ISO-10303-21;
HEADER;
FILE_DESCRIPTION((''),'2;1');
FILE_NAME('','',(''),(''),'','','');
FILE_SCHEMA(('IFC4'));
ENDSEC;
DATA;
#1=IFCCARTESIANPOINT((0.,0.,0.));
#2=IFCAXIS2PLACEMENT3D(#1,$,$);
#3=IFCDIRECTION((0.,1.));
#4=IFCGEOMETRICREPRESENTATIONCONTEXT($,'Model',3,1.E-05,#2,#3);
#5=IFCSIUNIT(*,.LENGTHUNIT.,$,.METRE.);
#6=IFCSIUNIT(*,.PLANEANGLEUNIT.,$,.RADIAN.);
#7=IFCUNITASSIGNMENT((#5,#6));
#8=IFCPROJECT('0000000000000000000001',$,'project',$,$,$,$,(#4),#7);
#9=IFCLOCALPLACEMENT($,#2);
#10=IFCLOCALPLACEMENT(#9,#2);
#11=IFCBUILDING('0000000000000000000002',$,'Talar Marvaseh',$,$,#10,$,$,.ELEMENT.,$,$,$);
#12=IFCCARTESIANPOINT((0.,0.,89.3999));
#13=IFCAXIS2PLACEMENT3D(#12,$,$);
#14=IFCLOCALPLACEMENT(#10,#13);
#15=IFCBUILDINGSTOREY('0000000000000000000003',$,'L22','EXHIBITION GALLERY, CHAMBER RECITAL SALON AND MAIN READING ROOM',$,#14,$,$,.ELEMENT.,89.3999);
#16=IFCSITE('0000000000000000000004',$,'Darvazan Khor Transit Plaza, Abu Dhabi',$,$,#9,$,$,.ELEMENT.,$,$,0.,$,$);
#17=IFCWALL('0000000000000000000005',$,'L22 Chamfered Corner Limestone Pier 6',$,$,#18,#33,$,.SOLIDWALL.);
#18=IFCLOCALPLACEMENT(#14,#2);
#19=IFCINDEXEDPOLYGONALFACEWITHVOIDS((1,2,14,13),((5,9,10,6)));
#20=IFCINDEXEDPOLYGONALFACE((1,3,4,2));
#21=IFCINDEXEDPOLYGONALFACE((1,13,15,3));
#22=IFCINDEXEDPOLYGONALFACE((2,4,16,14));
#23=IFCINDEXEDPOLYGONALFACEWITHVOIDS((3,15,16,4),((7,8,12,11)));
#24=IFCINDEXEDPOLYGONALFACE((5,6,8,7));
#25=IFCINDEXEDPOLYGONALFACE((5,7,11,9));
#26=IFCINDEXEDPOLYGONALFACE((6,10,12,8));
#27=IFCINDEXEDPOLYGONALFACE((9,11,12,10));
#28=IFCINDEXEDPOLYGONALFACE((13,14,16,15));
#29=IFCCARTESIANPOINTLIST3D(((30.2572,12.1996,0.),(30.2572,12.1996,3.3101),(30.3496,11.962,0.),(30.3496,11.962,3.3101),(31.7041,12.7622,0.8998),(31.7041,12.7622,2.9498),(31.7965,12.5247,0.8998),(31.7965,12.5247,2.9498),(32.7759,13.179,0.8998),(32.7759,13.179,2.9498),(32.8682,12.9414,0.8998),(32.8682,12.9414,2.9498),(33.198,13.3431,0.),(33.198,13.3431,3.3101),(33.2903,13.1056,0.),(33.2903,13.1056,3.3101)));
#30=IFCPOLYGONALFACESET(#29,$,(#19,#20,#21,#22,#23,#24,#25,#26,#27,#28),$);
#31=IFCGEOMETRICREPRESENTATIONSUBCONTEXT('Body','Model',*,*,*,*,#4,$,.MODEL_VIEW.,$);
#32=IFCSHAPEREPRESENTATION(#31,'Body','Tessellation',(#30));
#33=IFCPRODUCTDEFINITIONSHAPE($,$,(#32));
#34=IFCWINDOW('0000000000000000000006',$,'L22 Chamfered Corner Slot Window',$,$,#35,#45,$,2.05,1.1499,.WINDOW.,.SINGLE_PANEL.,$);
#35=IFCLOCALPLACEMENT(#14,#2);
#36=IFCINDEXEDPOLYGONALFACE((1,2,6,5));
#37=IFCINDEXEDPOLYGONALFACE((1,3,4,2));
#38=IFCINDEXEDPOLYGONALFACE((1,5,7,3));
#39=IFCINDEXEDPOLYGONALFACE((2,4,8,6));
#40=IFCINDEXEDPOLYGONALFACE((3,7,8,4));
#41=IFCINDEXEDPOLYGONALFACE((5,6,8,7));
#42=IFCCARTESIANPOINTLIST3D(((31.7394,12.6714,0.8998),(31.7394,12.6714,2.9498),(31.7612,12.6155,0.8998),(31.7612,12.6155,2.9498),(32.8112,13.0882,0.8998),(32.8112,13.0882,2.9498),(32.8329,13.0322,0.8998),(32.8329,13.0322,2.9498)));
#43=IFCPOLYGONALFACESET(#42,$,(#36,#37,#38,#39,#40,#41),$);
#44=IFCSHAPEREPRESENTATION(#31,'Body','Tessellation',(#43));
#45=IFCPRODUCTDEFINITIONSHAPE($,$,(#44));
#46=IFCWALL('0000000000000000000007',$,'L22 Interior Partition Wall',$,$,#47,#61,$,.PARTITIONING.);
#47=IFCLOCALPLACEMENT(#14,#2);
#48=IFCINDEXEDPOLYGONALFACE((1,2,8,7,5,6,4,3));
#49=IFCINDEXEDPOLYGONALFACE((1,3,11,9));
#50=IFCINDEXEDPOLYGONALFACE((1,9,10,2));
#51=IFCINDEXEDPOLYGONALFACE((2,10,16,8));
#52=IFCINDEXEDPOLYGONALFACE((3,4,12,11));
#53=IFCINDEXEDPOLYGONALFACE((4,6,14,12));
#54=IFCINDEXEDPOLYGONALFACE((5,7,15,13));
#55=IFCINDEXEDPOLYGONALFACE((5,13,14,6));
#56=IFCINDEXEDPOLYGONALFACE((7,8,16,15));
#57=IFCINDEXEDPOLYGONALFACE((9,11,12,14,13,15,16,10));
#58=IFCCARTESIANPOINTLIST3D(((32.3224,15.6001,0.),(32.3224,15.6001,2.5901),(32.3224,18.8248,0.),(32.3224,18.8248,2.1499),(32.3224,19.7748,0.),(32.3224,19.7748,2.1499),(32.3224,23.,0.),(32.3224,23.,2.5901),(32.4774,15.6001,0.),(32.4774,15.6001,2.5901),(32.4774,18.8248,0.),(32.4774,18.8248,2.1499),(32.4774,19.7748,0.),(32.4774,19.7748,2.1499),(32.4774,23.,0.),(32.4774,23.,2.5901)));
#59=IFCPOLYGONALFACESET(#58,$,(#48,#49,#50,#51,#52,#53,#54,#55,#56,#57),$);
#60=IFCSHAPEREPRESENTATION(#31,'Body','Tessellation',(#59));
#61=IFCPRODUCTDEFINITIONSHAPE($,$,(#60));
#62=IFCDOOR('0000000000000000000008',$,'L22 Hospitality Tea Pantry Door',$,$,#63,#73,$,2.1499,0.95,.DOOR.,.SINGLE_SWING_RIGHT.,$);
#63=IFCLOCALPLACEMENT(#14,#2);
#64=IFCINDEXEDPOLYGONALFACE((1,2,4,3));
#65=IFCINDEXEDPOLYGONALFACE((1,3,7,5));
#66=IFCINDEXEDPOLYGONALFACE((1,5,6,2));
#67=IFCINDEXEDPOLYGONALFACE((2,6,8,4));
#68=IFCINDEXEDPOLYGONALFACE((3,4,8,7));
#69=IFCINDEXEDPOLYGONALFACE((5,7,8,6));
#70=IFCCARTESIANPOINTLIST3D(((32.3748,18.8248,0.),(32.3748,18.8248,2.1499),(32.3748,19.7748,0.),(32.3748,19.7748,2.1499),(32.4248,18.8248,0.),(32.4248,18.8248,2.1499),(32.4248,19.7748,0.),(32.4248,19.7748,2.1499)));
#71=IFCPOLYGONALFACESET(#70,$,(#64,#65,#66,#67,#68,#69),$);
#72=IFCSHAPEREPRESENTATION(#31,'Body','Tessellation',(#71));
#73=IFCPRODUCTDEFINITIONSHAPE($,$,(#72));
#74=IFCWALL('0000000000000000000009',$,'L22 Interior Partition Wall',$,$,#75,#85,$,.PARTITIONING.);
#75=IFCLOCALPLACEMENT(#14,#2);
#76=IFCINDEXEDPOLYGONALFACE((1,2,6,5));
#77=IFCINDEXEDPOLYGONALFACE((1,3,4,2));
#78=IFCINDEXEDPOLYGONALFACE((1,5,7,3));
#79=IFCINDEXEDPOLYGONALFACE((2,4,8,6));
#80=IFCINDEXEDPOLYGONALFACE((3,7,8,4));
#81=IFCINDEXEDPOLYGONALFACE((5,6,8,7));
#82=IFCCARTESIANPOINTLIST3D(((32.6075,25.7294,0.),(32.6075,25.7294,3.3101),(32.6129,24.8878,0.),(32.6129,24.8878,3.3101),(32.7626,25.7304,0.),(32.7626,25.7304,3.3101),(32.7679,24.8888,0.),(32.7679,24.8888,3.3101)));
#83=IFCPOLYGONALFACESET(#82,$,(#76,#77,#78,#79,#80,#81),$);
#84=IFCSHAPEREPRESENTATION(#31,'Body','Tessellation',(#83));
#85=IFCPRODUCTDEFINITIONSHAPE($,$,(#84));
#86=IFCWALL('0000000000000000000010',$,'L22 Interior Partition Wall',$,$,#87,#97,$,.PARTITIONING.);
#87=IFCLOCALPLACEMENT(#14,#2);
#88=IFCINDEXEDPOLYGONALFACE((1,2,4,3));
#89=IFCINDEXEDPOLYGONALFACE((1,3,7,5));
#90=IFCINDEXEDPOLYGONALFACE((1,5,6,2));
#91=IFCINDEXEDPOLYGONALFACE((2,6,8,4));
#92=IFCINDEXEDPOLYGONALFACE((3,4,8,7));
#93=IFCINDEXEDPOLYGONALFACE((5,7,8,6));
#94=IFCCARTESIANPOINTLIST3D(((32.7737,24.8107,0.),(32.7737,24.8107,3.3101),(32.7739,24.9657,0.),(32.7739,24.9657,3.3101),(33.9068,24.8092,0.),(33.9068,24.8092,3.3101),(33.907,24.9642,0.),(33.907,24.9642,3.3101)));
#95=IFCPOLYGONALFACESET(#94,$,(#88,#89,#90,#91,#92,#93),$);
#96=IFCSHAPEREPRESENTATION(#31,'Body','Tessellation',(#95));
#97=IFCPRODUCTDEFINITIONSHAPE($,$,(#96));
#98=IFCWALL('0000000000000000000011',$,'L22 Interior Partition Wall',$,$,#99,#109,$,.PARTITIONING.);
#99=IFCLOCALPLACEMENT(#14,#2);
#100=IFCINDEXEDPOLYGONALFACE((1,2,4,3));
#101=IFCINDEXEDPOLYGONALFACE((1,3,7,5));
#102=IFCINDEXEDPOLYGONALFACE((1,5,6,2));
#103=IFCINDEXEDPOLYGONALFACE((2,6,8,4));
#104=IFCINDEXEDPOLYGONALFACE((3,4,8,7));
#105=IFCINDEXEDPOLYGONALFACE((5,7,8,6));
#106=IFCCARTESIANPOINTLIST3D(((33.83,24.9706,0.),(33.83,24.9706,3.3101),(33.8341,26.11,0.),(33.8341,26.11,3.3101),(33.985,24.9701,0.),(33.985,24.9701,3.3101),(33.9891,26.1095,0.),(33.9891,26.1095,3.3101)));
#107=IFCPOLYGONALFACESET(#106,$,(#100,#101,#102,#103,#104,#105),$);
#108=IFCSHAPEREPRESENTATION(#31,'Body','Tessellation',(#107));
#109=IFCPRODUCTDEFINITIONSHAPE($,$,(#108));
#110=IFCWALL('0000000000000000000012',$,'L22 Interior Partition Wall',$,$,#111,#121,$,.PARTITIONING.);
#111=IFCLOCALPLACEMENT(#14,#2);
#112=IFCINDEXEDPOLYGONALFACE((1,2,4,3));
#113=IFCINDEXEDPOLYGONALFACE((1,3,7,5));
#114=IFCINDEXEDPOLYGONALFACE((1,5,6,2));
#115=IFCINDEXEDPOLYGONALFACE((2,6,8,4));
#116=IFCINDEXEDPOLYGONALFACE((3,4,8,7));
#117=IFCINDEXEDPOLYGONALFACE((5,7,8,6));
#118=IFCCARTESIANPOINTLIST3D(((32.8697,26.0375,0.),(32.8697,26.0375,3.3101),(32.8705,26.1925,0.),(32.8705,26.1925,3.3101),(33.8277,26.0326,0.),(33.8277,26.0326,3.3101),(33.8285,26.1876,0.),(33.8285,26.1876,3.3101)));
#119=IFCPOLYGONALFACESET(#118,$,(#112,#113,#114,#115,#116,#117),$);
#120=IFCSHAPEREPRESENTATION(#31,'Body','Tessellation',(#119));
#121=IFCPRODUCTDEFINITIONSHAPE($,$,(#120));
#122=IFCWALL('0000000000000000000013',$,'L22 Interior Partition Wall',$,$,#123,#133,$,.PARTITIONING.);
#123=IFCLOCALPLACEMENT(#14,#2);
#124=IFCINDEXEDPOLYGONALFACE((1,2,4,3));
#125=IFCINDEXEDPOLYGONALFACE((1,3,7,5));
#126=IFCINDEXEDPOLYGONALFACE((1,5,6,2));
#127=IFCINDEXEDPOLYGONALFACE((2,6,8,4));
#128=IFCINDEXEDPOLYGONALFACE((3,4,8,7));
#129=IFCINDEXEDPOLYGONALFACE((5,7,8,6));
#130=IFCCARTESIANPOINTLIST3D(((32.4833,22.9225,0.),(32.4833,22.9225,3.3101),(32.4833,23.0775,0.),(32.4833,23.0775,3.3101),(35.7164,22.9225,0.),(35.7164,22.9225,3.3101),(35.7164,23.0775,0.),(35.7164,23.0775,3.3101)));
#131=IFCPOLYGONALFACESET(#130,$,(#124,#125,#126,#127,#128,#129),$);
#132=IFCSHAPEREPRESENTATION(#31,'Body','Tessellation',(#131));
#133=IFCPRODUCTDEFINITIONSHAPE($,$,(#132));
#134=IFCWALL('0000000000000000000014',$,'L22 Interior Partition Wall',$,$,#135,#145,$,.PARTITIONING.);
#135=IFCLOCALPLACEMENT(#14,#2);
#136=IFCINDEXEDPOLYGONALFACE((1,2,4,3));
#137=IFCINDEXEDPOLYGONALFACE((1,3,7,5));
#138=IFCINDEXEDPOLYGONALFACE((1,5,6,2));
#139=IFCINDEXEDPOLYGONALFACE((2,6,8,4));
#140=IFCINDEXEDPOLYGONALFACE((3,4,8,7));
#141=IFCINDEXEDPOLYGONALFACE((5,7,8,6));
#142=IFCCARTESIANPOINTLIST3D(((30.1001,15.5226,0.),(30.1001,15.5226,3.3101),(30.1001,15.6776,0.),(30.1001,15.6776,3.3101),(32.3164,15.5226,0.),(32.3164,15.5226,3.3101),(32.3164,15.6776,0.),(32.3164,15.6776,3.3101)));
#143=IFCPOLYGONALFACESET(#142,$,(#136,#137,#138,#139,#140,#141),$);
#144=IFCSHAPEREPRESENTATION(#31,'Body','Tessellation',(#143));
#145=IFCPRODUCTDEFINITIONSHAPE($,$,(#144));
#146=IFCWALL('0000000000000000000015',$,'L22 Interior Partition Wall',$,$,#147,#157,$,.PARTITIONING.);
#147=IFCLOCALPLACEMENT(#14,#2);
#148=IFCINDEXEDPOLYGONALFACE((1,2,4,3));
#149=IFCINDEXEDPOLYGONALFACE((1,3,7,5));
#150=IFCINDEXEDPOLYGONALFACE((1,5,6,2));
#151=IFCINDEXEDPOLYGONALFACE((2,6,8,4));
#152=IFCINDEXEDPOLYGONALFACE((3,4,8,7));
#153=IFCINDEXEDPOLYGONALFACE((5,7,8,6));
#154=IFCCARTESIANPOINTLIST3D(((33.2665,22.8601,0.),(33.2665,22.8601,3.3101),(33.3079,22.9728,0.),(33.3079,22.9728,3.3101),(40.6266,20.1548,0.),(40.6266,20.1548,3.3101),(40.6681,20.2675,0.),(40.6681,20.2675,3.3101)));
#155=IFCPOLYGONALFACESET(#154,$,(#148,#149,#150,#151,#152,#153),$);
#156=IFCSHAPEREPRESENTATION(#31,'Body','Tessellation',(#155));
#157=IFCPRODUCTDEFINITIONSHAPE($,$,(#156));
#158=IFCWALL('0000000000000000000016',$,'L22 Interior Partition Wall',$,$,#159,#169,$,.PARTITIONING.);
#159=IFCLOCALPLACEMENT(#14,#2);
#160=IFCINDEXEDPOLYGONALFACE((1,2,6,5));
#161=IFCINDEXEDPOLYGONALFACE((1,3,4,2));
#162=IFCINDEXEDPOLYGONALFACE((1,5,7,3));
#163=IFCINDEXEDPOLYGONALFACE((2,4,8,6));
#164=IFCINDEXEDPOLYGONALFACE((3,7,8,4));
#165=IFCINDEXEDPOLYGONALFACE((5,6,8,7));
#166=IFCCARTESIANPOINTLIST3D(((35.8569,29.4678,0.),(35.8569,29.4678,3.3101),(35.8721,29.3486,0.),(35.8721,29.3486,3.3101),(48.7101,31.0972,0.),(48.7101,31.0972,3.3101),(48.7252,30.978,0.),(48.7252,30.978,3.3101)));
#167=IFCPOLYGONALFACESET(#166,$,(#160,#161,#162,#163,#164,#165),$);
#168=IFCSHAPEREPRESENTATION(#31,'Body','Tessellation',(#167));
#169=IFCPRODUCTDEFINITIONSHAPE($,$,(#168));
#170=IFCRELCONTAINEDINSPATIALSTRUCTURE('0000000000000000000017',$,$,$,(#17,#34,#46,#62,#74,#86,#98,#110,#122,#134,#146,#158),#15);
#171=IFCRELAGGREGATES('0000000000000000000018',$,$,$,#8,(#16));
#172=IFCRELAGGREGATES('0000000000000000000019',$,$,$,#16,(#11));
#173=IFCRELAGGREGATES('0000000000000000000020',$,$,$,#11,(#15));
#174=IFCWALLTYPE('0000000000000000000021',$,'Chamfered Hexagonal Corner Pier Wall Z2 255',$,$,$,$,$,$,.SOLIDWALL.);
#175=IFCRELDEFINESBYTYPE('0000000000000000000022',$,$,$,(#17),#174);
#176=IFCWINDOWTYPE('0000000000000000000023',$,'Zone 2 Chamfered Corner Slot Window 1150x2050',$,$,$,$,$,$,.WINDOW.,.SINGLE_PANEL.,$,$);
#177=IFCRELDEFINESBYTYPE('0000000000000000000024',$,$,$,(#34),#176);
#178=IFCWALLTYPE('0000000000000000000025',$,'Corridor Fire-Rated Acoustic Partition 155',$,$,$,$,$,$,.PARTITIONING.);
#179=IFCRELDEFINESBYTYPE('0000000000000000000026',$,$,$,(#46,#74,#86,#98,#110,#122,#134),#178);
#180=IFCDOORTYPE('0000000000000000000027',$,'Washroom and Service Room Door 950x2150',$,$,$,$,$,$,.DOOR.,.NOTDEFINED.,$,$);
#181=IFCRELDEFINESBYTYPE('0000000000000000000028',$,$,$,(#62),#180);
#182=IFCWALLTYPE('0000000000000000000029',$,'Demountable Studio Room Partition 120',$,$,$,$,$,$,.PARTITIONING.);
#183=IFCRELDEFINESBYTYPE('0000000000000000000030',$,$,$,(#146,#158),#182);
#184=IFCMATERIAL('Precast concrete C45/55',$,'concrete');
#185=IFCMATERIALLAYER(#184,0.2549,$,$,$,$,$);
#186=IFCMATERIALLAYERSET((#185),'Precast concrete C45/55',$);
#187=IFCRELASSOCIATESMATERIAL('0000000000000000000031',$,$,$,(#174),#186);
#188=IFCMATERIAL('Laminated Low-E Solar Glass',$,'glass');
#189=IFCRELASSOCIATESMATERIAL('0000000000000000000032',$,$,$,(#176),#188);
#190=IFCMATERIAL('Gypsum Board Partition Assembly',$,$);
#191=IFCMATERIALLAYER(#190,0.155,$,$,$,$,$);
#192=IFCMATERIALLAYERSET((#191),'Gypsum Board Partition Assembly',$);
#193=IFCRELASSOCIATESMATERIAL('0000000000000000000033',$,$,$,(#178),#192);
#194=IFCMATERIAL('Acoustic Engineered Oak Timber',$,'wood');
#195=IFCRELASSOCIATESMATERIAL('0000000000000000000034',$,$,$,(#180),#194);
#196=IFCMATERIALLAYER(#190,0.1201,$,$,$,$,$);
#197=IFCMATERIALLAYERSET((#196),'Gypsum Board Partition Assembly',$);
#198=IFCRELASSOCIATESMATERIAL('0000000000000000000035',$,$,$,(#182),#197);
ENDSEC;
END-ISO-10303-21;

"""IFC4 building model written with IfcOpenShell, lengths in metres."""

from ifc_helpers import new_model, si_unit, direction, frame, frame_2d, origin, place, context, subcontext, project, spatial, rectangle, extrude, source, transform, mapped, material, layer, layer_set, type_object, type_shapes, element, fill, save


model = new_model("IFC4")

# Units and contexts
model_context = context("Model", 3, precision=1e-05, world=origin(), true_north=direction((0.0, 1.0)))
body_context = subcontext(model_context, "Body", "Model", "MODEL_VIEW")
ifc_project = project(units=[si_unit("LENGTHUNIT", "METRE"), si_unit("PLANEANGLEUNIT", "RADIAN")], contexts=[model_context])

# Site, building, storey
site_placement = place(None, origin())
site = spatial("IfcSite", under=ifc_project, at=site_placement, Name="Darvazan Khor Transit Plaza, Abu Dhabi", CompositionType="ELEMENT", RefElevation=0.0)
building_placement = place(site_placement, origin())
building = spatial("IfcBuilding", under=site, at=building_placement, Name="Talar Marvaseh", CompositionType="ELEMENT")
storey_placement = place(building_placement, frame((0.0, 0.0, 89.3999)))
storey = spatial("IfcBuildingStorey", under=building, at=storey_placement, Name="L22", Description="EXHIBITION GALLERY, CHAMBER RECITAL SALON AND MAIN READING ROOM", CompositionType="ELEMENT", Elevation=89.3999)

# Shared definitions
ifc_material_1 = material(Name="Laminated Low-E Solar Glass", Category="glass")

# Wall, opening, window
ifc_material_2 = material(Name="Precast concrete C45/55", Category="concrete")
ifc_layer_1 = layer(ifc_material_2, 0.2549)
ifc_layer_set_1 = layer_set([ifc_layer_1], Name="Precast concrete C45/55")
wall_type_1 = type_object("IfcWallType", Name="Chamfered Hexagonal Corner Pier Wall Z2 255", PredefinedType="SOLIDWALL", material=ifc_layer_set_1)
wall_1_placement = place(storey_placement, frame((33.2441, 13.2244, 0.0), z_axis=(0.0, 0.0, 1.0), x_axis=(-0.932009, -0.362435, 0.0)))
wall_1 = element("IfcWall", 1, at=wall_1_placement, inside=storey, type_object=wall_type_1, Name="L22 Chamfered Corner Limestone Pier 6", PredefinedType="SOLIDWALL", context=body_context, shape_type="SweptSolid", body=[
    extrude(rectangle(XDim=3.1553, YDim=0.2549, at=frame_2d((1.5776, 0.0))), origin(), (0.0, 0.0, 1.0), 3.3101),
])
opening_1_placement = place(wall_1_placement, frame((0.4529, 0.0, 0.8999)))
opening_1 = element("IfcOpeningElement", 2, at=opening_1_placement, cuts=wall_1, PredefinedType="OPENING", context=body_context, shape_type="SweptSolid", body=[
    extrude(rectangle(XDim=1.1499, YDim=2.05, at=frame_2d((0.575, 1.0249))), frame((0.0, 0.1375, 0.0), z_axis=(0.0, -1.0, 0.0), x_axis=(1.0, 0.0, 0.0)), (0.0, 0.0, 1.0), 0.2749),
])
window_type = type_object("IfcWindowType", Name="Zone 2 Chamfered Corner Slot Window 1150x2050", PartitioningType="SINGLE_PANEL", PredefinedType="WINDOW", material=ifc_material_1)
shared_shape_1 = source(origin(), body_context, "Body", "SweptSolid", [
    extrude(rectangle(XDim=1.1499, YDim=2.05, at=frame_2d((0.575, 1.0249))), frame((0.0, 0.03, 0.0), z_axis=(0.0, -1.0, 0.0), x_axis=(1.0, 0.0, 0.0)), (0.0, 0.0, 1.0), 0.0601),
])
type_shapes(window_type, [shared_shape_1])
window_placement = place(opening_1_placement, origin())
window = element("IfcWindow", 3, at=window_placement, inside=storey, type_object=window_type, Name="L22 Chamfered Corner Slot Window", OverallHeight=2.05, OverallWidth=1.1499, PartitioningType="SINGLE_PANEL", PredefinedType="WINDOW", context=body_context, shape_type="MappedRepresentation", body=[
    mapped(shared_shape_1, transform((0.0, 0.0, 0.0), x_axis=(1.0, 0.0, 0.0), y_axis=(0.0, 1.0, 0.0), z_axis=(0.0, 0.0, 1.0), scale=1.0)),
])
fill(opening_1, window)

# Wall, opening, door
ifc_material_3 = material(Name="Gypsum Board Partition Assembly")
ifc_layer_2 = layer(ifc_material_3, 0.155)
ifc_layer_set_2 = layer_set([ifc_layer_2], Name="Gypsum Board Partition Assembly")
wall_type_2 = type_object("IfcWallType", Name="Corridor Fire-Rated Acoustic Partition 155", PredefinedType="PARTITIONING", material=ifc_layer_set_2)
wall_2_placement = place(storey_placement, frame((32.3999, 23.0, 0.0), z_axis=(0.0, 0.0, 1.0), x_axis=(0.0, -1.0, 0.0)))
wall_2 = element("IfcWall", 4, at=wall_2_placement, inside=storey, type_object=wall_type_2, Name="L22 Interior Partition Wall", PredefinedType="PARTITIONING", context=body_context, shape_type="SweptSolid", body=[
    extrude(rectangle(XDim=7.3999, YDim=0.155, at=frame_2d((3.7, 0.0))), origin(), (0.0, 0.0, 1.0), 2.5901),
])
opening_2_placement = place(wall_2_placement, frame((3.2251, 0.0, 0.0)))
opening_2 = element("IfcOpeningElement", 5, at=opening_2_placement, cuts=wall_2, PredefinedType="OPENING", context=body_context, shape_type="SweptSolid", body=[
    extrude(rectangle(XDim=0.95, YDim=2.1499, at=frame_2d((0.4751, 1.075))), frame((0.0, 0.0874, 0.0), z_axis=(0.0, -1.0, 0.0), x_axis=(1.0, 0.0, 0.0)), (0.0, 0.0, 1.0), 0.175),
])
ifc_material_4 = material(Name="Acoustic Engineered Oak Timber", Category="wood")
door_type_1 = type_object("IfcDoorType", Name="Washroom and Service Room Door 950x2150", OperationType="NOTDEFINED", PredefinedType="DOOR", material=ifc_material_4)
shared_shape_2 = source(origin(), body_context, "Body", "SweptSolid", [
    extrude(rectangle(XDim=0.95, YDim=2.1499, at=frame_2d((0.4751, 1.075))), frame((0.0, 0.0249, 0.0), z_axis=(0.0, -1.0, 0.0), x_axis=(1.0, 0.0, 0.0)), (0.0, 0.0, 1.0), 0.05),
])
type_shapes(door_type_1, [shared_shape_2])
door_1_placement = place(opening_2_placement, origin())
door_1 = element("IfcDoor", 6, at=door_1_placement, inside=storey, type_object=door_type_1, Name="L22 Hospitality Tea Pantry Door", OperationType="SINGLE_SWING_RIGHT", OverallHeight=2.1499, OverallWidth=0.95, PredefinedType="DOOR", context=body_context, shape_type="MappedRepresentation", body=[
    mapped(shared_shape_2, transform((0.0, 0.0, 0.0), x_axis=(1.0, 0.0, 0.0), y_axis=(0.0, 1.0, 0.0), z_axis=(0.0, 0.0, 1.0), scale=1.0)),
])
fill(opening_2, door_1)

# Walls
wall_3_placement = place(storey_placement, frame((32.6851, 25.73, 0.0), z_axis=(0.0, 0.0, 1.0), x_axis=(0.006382, -0.99998, 0.0)))
element("IfcWall", 7, at=wall_3_placement, inside=storey, type_object=wall_type_2, Name="L22 Interior Partition Wall", PredefinedType="PARTITIONING", context=body_context, shape_type="SweptSolid", body=[
    extrude(rectangle(XDim=0.8416, YDim=0.155, at=frame_2d((0.4209, 0.0))), origin(), (0.0, 0.0, 1.0), 3.3101),
])
wall_4_placement = place(storey_placement, frame((32.7739, 24.8882, 0.0), z_axis=(0.0, 0.0, 1.0), x_axis=(0.999999, -0.001293, 0.0)))
element("IfcWall", 8, at=wall_4_placement, inside=storey, type_object=wall_type_2, Name="L22 Interior Partition Wall", PredefinedType="PARTITIONING", context=body_context, shape_type="SweptSolid", body=[
    extrude(rectangle(XDim=1.1331, YDim=0.155, at=frame_2d((0.5664, 0.0))), origin(), (0.0, 0.0, 1.0), 3.3101),
])
wall_5_placement = place(storey_placement, frame((33.9075, 24.9702, 0.0), z_axis=(0.0, 0.0, 1.0), x_axis=(0.003643, 0.999993, 0.0)))
element("IfcWall", 9, at=wall_5_placement, inside=storey, type_object=wall_type_2, Name="L22 Interior Partition Wall", PredefinedType="PARTITIONING", context=body_context, shape_type="SweptSolid", body=[
    extrude(rectangle(XDim=1.1394, YDim=0.155, at=frame_2d((0.5698, 0.0))), origin(), (0.0, 0.0, 1.0), 3.3101),
])
wall_6_placement = place(storey_placement, frame((33.8281, 26.1101, 0.0), z_axis=(0.0, 0.0, 1.0), x_axis=(-0.999987, 0.005097, 0.0)))
element("IfcWall", 10, at=wall_6_placement, inside=storey, type_object=wall_type_2, Name="L22 Interior Partition Wall", PredefinedType="PARTITIONING", context=body_context, shape_type="SweptSolid", body=[
    extrude(rectangle(XDim=0.958, YDim=0.155, at=frame_2d((0.479, 0.0))), origin(), (0.0, 0.0, 1.0), 3.3101),
])
wall_7_placement = place(storey_placement, frame((35.7166, 23.0, 0.0), z_axis=(0.0, 0.0, 1.0), x_axis=(-1.0, 0.0, 0.0)))
element("IfcWall", 11, at=wall_7_placement, inside=storey, type_object=wall_type_2, Name="L22 Interior Partition Wall", PredefinedType="PARTITIONING", context=body_context, shape_type="SweptSolid", body=[
    extrude(rectangle(XDim=3.2332, YDim=0.155, at=frame_2d((1.6167, 0.0))), origin(), (0.0, 0.0, 1.0), 3.3101),
])
wall_8_placement = place(storey_placement, frame((32.3164, 15.6001, 0.0), z_axis=(0.0, 0.0, 1.0), x_axis=(-1.0, 0.0, 0.0)))
element("IfcWall", 12, at=wall_8_placement, inside=storey, type_object=wall_type_2, Name="L22 Interior Partition Wall", PredefinedType="PARTITIONING", context=body_context, shape_type="SweptSolid", body=[
    extrude(rectangle(XDim=2.2163, YDim=0.155, at=frame_2d((1.1082, 0.0))), origin(), (0.0, 0.0, 1.0), 3.3101),
])
ifc_layer_3 = layer(ifc_material_3, 0.1201)
ifc_layer_set_3 = layer_set([ifc_layer_3], Name="Gypsum Board Partition Assembly")
wall_type_3 = type_object("IfcWallType", Name="Demountable Studio Room Partition 120", PredefinedType="PARTITIONING", material=ifc_layer_set_3)
wall_9_placement = place(storey_placement, frame((33.2871, 22.9165, 0.0), z_axis=(0.0, 0.0, 1.0), x_axis=(0.938603, -0.344998, 0.0)))
element("IfcWall", 13, at=wall_9_placement, inside=storey, type_object=wall_type_3, Name="L22 Interior Partition Wall", PredefinedType="PARTITIONING", context=body_context, shape_type="SweptSolid", body=[
    extrude(rectangle(XDim=7.8416, YDim=0.1201, at=frame_2d((3.9209, 0.0))), origin(), (0.0, 0.0, 1.0), 3.3101),
])
wall_10_placement = place(storey_placement, frame((35.8645, 29.4082, 0.0), z_axis=(0.0, 0.0, 1.0), x_axis=(0.99206, 0.125762, 0.0)))
element("IfcWall", 14, at=wall_10_placement, inside=storey, type_object=wall_type_3, Name="L22 Interior Partition Wall", PredefinedType="PARTITIONING", context=body_context, shape_type="SweptSolid", body=[
    extrude(rectangle(XDim=12.9561, YDim=0.1201, at=frame_2d((6.478, 0.0))), origin(), (0.0, 0.0, 1.0), 3.3101),
])

save(model, "model.ifc")
